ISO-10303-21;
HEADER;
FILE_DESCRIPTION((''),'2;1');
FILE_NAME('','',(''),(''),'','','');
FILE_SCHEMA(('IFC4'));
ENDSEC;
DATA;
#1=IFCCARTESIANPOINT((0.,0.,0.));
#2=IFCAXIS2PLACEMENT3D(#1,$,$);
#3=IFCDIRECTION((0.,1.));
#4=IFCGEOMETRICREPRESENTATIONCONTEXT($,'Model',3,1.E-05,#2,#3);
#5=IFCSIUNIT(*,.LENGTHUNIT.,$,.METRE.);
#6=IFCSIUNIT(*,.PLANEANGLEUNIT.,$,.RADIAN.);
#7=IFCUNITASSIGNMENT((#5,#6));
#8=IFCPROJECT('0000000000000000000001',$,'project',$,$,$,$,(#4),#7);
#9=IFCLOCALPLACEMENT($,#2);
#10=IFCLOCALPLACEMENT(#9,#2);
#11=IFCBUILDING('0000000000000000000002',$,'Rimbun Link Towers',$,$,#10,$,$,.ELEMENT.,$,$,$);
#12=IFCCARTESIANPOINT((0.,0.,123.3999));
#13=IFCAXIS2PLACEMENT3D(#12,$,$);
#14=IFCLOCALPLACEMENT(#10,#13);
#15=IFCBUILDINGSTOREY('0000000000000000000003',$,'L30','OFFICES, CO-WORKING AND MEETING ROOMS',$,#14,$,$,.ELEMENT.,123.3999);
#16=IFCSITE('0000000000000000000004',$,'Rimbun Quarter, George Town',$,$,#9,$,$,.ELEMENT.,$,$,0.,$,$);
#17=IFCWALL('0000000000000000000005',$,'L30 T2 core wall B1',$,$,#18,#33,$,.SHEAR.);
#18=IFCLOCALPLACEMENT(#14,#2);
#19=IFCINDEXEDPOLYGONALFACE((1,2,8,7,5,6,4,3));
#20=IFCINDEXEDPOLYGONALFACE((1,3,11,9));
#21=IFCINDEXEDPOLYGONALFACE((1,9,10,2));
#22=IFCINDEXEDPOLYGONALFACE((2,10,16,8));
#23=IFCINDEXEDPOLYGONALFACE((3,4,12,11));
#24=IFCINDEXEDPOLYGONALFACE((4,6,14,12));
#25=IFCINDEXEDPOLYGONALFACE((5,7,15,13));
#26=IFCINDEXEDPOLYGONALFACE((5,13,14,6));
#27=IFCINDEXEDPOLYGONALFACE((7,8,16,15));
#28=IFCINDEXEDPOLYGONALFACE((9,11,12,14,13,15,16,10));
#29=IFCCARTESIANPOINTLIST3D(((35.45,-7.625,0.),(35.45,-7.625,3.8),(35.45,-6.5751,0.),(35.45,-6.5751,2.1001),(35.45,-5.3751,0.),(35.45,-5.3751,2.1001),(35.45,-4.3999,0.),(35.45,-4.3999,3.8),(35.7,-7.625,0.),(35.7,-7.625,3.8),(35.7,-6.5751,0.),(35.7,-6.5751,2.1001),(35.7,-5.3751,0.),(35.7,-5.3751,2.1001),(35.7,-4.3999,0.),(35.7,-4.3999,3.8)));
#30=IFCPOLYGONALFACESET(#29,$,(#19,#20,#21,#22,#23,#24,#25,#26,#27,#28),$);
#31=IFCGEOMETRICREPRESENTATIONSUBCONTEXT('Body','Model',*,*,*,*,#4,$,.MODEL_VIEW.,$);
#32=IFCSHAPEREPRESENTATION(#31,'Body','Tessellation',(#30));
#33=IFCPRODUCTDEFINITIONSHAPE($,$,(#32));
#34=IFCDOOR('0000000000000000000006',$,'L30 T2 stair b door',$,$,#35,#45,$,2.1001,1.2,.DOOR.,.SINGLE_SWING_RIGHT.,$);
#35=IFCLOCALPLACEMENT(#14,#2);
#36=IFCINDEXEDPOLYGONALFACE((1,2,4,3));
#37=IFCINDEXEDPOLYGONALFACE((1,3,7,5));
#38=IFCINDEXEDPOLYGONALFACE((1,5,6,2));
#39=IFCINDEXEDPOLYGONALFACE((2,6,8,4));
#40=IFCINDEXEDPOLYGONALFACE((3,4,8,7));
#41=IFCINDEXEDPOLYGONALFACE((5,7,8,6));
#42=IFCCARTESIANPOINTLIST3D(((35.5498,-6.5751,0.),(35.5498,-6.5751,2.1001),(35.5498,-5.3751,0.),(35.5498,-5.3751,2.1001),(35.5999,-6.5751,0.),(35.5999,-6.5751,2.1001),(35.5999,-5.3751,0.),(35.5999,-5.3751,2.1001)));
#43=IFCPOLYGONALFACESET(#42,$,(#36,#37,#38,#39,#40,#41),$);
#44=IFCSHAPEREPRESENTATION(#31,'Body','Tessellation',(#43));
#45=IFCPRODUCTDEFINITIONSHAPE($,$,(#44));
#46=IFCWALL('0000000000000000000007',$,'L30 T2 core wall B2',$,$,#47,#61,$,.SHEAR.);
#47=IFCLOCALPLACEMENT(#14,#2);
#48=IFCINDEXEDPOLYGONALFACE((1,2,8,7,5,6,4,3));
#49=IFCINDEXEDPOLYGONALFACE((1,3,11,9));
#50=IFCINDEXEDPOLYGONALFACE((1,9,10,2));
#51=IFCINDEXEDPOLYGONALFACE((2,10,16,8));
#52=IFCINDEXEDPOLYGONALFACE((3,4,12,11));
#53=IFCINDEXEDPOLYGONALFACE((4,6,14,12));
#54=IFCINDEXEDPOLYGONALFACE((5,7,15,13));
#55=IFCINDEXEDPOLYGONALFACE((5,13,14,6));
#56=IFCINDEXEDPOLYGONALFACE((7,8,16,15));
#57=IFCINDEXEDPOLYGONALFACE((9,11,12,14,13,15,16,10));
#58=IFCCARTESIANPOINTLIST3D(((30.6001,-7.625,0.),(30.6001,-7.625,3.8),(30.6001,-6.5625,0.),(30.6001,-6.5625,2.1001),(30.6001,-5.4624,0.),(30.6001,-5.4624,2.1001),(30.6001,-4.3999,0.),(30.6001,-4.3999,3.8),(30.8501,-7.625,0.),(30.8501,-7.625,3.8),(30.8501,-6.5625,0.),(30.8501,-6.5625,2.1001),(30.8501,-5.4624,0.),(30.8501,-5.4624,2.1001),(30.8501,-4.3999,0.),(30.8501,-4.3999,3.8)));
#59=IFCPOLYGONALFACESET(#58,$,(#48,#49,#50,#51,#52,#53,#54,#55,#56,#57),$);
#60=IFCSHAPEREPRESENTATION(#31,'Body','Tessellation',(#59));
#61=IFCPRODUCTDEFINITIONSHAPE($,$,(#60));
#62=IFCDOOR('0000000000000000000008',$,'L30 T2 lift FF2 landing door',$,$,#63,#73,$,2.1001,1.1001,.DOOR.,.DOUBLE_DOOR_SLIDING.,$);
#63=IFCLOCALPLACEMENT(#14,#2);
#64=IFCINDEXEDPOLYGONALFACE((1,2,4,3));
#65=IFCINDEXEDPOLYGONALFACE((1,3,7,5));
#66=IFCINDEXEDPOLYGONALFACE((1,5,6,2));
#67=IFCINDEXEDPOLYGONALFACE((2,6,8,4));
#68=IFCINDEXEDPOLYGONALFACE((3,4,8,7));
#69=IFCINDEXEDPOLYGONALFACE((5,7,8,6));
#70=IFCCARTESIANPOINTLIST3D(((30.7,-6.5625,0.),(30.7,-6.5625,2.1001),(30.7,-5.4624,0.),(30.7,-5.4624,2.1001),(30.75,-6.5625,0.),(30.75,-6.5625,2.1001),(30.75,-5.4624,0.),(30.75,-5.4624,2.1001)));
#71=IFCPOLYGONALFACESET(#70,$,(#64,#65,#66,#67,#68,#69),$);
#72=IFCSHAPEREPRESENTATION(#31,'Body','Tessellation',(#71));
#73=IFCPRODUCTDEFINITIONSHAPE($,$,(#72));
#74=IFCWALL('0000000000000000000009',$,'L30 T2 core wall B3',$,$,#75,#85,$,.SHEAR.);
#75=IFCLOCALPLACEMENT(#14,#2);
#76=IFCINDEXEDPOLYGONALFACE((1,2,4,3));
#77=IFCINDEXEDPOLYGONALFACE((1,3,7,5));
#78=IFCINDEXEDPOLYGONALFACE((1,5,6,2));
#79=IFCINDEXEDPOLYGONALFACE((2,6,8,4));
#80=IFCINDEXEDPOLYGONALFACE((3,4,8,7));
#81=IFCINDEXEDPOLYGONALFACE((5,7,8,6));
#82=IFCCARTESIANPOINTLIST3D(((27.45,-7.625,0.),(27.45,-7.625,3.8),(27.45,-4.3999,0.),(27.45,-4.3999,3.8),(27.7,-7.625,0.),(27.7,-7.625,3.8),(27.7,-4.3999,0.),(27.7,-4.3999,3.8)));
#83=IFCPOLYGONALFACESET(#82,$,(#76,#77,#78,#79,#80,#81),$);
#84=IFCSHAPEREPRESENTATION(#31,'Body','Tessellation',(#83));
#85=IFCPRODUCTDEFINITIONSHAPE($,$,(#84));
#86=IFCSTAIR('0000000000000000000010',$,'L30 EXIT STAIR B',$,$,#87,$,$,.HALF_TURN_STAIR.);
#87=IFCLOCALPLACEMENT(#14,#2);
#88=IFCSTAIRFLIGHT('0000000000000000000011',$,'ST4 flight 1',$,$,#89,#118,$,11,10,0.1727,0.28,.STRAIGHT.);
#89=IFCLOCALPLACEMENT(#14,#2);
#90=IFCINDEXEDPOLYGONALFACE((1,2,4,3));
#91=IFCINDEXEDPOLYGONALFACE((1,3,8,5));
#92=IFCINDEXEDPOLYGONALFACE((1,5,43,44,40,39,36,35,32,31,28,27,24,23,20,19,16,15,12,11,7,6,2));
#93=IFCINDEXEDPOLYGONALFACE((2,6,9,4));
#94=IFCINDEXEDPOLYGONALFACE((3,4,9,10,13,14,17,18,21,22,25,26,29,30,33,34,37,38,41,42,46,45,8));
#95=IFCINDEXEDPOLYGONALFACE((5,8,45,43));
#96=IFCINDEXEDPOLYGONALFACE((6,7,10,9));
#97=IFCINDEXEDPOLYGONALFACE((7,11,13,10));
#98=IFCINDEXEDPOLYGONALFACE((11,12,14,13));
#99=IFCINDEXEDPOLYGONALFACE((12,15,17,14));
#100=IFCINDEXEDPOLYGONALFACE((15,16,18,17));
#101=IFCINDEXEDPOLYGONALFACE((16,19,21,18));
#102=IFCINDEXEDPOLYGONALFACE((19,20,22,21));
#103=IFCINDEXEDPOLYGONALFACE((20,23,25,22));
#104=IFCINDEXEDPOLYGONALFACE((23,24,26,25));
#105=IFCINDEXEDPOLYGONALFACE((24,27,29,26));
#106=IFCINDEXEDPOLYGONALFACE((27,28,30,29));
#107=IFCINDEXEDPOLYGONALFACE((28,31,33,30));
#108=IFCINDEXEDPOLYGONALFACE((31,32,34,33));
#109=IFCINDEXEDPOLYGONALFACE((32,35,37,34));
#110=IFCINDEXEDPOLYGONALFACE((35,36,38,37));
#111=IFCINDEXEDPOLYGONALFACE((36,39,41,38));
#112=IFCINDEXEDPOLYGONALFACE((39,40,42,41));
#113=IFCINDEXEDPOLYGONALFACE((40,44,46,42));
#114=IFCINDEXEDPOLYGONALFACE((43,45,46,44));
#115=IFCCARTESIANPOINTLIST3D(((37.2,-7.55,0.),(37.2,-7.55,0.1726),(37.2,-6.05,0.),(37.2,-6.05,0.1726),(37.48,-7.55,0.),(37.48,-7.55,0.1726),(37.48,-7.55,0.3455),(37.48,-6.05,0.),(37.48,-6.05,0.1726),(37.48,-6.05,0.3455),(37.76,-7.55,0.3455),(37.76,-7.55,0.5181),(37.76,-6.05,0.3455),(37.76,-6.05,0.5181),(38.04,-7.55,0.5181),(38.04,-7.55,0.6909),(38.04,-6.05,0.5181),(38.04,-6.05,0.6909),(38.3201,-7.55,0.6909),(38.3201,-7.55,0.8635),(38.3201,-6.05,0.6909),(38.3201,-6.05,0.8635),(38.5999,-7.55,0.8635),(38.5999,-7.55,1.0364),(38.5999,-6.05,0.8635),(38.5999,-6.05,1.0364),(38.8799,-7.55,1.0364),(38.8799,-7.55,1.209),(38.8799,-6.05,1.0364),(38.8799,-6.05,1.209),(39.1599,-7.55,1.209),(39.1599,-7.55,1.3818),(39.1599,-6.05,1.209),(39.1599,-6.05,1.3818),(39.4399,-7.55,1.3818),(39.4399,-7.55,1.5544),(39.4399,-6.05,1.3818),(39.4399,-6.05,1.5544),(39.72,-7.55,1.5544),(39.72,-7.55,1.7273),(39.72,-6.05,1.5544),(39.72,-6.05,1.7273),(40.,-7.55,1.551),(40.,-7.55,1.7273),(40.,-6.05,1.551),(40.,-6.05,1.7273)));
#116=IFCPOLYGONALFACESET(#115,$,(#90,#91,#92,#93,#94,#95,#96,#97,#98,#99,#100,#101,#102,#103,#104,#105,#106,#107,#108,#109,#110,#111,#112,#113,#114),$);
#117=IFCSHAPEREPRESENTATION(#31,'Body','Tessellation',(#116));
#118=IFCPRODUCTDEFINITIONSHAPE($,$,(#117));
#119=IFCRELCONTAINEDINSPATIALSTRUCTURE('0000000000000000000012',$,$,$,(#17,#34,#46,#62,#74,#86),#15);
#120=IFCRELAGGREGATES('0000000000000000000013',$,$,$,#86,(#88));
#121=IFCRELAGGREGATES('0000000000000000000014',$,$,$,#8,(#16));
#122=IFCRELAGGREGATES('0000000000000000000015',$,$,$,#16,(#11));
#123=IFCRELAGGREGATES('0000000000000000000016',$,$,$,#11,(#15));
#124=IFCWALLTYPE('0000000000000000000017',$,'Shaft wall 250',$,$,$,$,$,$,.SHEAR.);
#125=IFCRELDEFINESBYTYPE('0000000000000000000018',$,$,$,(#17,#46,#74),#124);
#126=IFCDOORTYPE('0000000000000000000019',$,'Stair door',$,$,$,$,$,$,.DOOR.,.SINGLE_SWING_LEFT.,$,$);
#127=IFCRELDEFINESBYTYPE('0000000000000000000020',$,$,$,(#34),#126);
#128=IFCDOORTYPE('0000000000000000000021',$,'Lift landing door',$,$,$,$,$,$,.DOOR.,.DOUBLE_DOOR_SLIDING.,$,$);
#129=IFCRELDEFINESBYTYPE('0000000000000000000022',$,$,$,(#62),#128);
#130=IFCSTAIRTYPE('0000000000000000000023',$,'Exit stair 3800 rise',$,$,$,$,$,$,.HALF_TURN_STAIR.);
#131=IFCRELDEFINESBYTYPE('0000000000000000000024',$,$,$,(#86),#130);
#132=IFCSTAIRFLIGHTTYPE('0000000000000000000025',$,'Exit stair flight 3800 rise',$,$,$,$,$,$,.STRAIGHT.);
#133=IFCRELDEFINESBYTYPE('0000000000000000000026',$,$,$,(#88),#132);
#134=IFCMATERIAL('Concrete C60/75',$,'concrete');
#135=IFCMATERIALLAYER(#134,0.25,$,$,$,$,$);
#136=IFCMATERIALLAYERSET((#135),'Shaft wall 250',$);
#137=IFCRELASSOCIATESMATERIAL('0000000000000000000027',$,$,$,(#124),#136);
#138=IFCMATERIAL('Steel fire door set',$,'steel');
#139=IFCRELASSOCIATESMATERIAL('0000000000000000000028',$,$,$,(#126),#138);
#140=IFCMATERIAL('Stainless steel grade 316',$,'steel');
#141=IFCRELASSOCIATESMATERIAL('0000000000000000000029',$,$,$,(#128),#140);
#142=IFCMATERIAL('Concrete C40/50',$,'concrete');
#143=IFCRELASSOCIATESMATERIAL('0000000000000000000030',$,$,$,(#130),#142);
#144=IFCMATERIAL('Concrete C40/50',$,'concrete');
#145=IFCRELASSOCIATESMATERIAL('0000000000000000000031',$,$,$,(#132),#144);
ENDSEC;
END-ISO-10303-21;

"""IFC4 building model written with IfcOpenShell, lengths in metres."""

from ifc_helpers import new_model, si_unit, direction, frame, frame_2d, origin, place, context, subcontext, project, spatial, polyline, rectangle, outline, extrude, material, layer, layer_set, type_object, element, fill, aggregate, save


model = new_model("IFC4")

# Units and contexts
model_context = context("Model", 3, precision=1e-05, world=origin(), true_north=direction((0.0, 1.0)))
body_context = subcontext(model_context, "Body", "Model", "MODEL_VIEW")
ifc_project = project(units=[si_unit("LENGTHUNIT", "METRE"), si_unit("PLANEANGLEUNIT", "RADIAN")], contexts=[model_context])

# Site, building, storey
site_placement = place(None, origin())
site = spatial("IfcSite", under=ifc_project, at=site_placement, Name="Rimbun Quarter, George Town", CompositionType="ELEMENT", RefElevation=0.0)
building_placement = place(site_placement, origin())
building = spatial("IfcBuilding", under=site, at=building_placement, Name="Rimbun Link Towers", CompositionType="ELEMENT")
storey_placement = place(building_placement, frame((0.0, 0.0, 123.3999)))
storey = spatial("IfcBuildingStorey", under=building, at=storey_placement, Name="L30", Description="OFFICES, CO-WORKING AND MEETING ROOMS", CompositionType="ELEMENT", Elevation=123.3999)

# Shared definitions
ifc_material_1 = material(Name="Concrete C60/75", Category="concrete")
ifc_layer_1 = layer(ifc_material_1, 0.25)
ifc_layer_set_1 = layer_set([ifc_layer_1], Name="Shaft wall 250")
wall_type_1 = type_object("IfcWallType", Name="Shaft wall 250", PredefinedType="SHEAR", material=ifc_layer_set_1)

# Walls, openings, doors
wall_1_placement = place(storey_placement, frame((35.575, -4.3999, 0.0), z_axis=(0.0, 0.0, 1.0), x_axis=(0.0, -1.0, 0.0)))
wall_1 = element("IfcWall", 1, at=wall_1_placement, inside=storey, type_object=wall_type_1, Name="L30 T2 core wall B1", PredefinedType="SHEAR", context=body_context, shape_type="SweptSolid", body=[
    extrude(rectangle(XDim=3.2251, YDim=0.25, at=frame_2d((1.6125, 0.0))), origin(), (0.0, 0.0, 1.0), 3.8),
])
opening_1_placement = place(wall_1_placement, frame((0.9751, 0.0, 0.0)))
opening_1 = element("IfcOpeningElement", 2, at=opening_1_placement, cuts=wall_1, PredefinedType="OPENING", context=body_context, shape_type="SweptSolid", body=[
    extrude(rectangle(XDim=1.2, YDim=2.1001, at=frame_2d((0.6001, 1.05))), frame((0.0, 0.135, 0.0), z_axis=(0.0, -1.0, 0.0), x_axis=(1.0, 0.0, 0.0)), (0.0, 0.0, 1.0), 0.27),
])
ifc_material_2 = material(Name="Steel fire door set", Category="steel")
door_type_1 = type_object("IfcDoorType", Name="Stair door", OperationType="SINGLE_SWING_LEFT", PredefinedType="DOOR", material=ifc_material_2)
door_1_placement = place(opening_1_placement, origin())
door_1 = element("IfcDoor", 3, at=door_1_placement, inside=storey, type_object=door_type_1, Name="L30 T2 stair b door", OperationType="SINGLE_SWING_RIGHT", OverallHeight=2.1001, OverallWidth=1.2, PredefinedType="DOOR", context=body_context, shape_type="SweptSolid", body=[
    extrude(rectangle(XDim=1.2, YDim=2.1001, at=frame_2d((0.6001, 1.05))), frame((0.0, 0.0249, 0.0), z_axis=(0.0, -1.0, 0.0), x_axis=(1.0, 0.0, 0.0)), (0.0, 0.0, 1.0), 0.05),
])
fill(opening_1, door_1)
wall_2_placement = place(storey_placement, frame((30.7251, -4.3999, 0.0), z_axis=(0.0, 0.0, 1.0), x_axis=(0.0, -1.0, 0.0)))
wall_2 = element("IfcWall", 4, at=wall_2_placement, inside=storey, type_object=wall_type_1, Name="L30 T2 core wall B2", PredefinedType="SHEAR", context=body_context, shape_type="SweptSolid", body=[
    extrude(rectangle(XDim=3.2251, YDim=0.25, at=frame_2d((1.6125, 0.0))), origin(), (0.0, 0.0, 1.0), 3.8),
])
opening_2_placement = place(wall_2_placement, frame((1.0625, 0.0, 0.0)))
opening_2 = element("IfcOpeningElement", 5, at=opening_2_placement, cuts=wall_2, PredefinedType="OPENING", context=body_context, shape_type="SweptSolid", body=[
    extrude(rectangle(XDim=1.1001, YDim=2.1001, at=frame_2d((0.55, 1.05))), frame((0.0, 0.135, 0.0), z_axis=(0.0, -1.0, 0.0), x_axis=(1.0, 0.0, 0.0)), (0.0, 0.0, 1.0), 0.27),
])
ifc_material_3 = material(Name="Stainless steel grade 316", Category="steel")
door_type_2 = type_object("IfcDoorType", Name="Lift landing door", OperationType="DOUBLE_DOOR_SLIDING", PredefinedType="DOOR", material=ifc_material_3)
door_2_placement = place(opening_2_placement, origin())
door_2 = element("IfcDoor", 6, at=door_2_placement, inside=storey, type_object=door_type_2, Name="L30 T2 lift FF2 landing door", OperationType="DOUBLE_DOOR_SLIDING", OverallHeight=2.1001, OverallWidth=1.1001, PredefinedType="DOOR", context=body_context, shape_type="SweptSolid", body=[
    extrude(rectangle(XDim=1.1001, YDim=2.1001, at=frame_2d((0.55, 1.05))), frame((0.0, 0.0249, 0.0), z_axis=(0.0, -1.0, 0.0), x_axis=(1.0, 0.0, 0.0)), (0.0, 0.0, 1.0), 0.05),
])
fill(opening_2, door_2)

# Wall
wall_3_placement = place(storey_placement, frame((27.575, -4.3999, 0.0), z_axis=(0.0, 0.0, 1.0), x_axis=(0.0, -1.0, 0.0)))
element("IfcWall", 7, at=wall_3_placement, inside=storey, type_object=wall_type_1, Name="L30 T2 core wall B3", PredefinedType="SHEAR", context=body_context, shape_type="SweptSolid", body=[
    extrude(rectangle(XDim=3.2251, YDim=0.25, at=frame_2d((1.6125, 0.0))), origin(), (0.0, 0.0, 1.0), 3.8),
])

# Stair, stair flight
ifc_material_4 = material(Name="Concrete C40/50", Category="concrete")
stair_type = type_object("IfcStairType", Name="Exit stair 3800 rise", PredefinedType="HALF_TURN_STAIR", material=ifc_material_4)
stair_placement = place(storey_placement, origin())
stair = element("IfcStair", 8, at=stair_placement, inside=storey, type_object=stair_type, Name="L30 EXIT STAIR B", PredefinedType="HALF_TURN_STAIR")
ifc_material_5 = material(Name="Concrete C40/50", Category="concrete")
stair_flight_type = type_object("IfcStairFlightType", Name="Exit stair flight 3800 rise", PredefinedType="STRAIGHT", material=ifc_material_5)
stair_flight_placement = place(storey_placement, frame((37.2, -6.8, 0.0), z_axis=(0.0, 0.0, 1.0), x_axis=(1.0, 0.0, 0.0)))
stair_flight = element("IfcStairFlight", 9, at=stair_flight_placement, type_object=stair_flight_type, Name="ST4 flight 1", NumberOfRisers=11, NumberOfTreads=10, PredefinedType="STRAIGHT", RiserHeight=0.1727, TreadLength=0.28, context=body_context, shape_type="SweptSolid", body=[
    extrude(outline(polyline([(0.0, 0.0), (0.0, 0.1726), (0.28, 0.1726), (0.28, 0.3455), (0.5601, 0.3455), (0.5601, 0.5181), (0.8401, 0.5181), (0.8401, 0.6909), (1.1201, 0.6909), (1.1201, 0.8635), (1.3999, 0.8635), (1.3999, 1.0364), (1.6799, 1.0364), (1.6799, 1.209), (1.96, 1.209), (1.96, 1.3818), (2.24, 1.3818), (2.24, 1.5544), (2.52, 1.5544), (2.52, 1.7273), (2.8, 1.7273), (2.8, 1.8999), (2.8, 1.551), (0.28, 0.0), (0.0, 0.0)])), frame((0.0, 0.75, 0.0), z_axis=(0.0, -1.0, 0.0), x_axis=(1.0, 0.0, 0.0)), (0.0, 0.0, 1.0), 1.5),
])
aggregate(stair, [stair_flight])

save(model, "model.ifc")
